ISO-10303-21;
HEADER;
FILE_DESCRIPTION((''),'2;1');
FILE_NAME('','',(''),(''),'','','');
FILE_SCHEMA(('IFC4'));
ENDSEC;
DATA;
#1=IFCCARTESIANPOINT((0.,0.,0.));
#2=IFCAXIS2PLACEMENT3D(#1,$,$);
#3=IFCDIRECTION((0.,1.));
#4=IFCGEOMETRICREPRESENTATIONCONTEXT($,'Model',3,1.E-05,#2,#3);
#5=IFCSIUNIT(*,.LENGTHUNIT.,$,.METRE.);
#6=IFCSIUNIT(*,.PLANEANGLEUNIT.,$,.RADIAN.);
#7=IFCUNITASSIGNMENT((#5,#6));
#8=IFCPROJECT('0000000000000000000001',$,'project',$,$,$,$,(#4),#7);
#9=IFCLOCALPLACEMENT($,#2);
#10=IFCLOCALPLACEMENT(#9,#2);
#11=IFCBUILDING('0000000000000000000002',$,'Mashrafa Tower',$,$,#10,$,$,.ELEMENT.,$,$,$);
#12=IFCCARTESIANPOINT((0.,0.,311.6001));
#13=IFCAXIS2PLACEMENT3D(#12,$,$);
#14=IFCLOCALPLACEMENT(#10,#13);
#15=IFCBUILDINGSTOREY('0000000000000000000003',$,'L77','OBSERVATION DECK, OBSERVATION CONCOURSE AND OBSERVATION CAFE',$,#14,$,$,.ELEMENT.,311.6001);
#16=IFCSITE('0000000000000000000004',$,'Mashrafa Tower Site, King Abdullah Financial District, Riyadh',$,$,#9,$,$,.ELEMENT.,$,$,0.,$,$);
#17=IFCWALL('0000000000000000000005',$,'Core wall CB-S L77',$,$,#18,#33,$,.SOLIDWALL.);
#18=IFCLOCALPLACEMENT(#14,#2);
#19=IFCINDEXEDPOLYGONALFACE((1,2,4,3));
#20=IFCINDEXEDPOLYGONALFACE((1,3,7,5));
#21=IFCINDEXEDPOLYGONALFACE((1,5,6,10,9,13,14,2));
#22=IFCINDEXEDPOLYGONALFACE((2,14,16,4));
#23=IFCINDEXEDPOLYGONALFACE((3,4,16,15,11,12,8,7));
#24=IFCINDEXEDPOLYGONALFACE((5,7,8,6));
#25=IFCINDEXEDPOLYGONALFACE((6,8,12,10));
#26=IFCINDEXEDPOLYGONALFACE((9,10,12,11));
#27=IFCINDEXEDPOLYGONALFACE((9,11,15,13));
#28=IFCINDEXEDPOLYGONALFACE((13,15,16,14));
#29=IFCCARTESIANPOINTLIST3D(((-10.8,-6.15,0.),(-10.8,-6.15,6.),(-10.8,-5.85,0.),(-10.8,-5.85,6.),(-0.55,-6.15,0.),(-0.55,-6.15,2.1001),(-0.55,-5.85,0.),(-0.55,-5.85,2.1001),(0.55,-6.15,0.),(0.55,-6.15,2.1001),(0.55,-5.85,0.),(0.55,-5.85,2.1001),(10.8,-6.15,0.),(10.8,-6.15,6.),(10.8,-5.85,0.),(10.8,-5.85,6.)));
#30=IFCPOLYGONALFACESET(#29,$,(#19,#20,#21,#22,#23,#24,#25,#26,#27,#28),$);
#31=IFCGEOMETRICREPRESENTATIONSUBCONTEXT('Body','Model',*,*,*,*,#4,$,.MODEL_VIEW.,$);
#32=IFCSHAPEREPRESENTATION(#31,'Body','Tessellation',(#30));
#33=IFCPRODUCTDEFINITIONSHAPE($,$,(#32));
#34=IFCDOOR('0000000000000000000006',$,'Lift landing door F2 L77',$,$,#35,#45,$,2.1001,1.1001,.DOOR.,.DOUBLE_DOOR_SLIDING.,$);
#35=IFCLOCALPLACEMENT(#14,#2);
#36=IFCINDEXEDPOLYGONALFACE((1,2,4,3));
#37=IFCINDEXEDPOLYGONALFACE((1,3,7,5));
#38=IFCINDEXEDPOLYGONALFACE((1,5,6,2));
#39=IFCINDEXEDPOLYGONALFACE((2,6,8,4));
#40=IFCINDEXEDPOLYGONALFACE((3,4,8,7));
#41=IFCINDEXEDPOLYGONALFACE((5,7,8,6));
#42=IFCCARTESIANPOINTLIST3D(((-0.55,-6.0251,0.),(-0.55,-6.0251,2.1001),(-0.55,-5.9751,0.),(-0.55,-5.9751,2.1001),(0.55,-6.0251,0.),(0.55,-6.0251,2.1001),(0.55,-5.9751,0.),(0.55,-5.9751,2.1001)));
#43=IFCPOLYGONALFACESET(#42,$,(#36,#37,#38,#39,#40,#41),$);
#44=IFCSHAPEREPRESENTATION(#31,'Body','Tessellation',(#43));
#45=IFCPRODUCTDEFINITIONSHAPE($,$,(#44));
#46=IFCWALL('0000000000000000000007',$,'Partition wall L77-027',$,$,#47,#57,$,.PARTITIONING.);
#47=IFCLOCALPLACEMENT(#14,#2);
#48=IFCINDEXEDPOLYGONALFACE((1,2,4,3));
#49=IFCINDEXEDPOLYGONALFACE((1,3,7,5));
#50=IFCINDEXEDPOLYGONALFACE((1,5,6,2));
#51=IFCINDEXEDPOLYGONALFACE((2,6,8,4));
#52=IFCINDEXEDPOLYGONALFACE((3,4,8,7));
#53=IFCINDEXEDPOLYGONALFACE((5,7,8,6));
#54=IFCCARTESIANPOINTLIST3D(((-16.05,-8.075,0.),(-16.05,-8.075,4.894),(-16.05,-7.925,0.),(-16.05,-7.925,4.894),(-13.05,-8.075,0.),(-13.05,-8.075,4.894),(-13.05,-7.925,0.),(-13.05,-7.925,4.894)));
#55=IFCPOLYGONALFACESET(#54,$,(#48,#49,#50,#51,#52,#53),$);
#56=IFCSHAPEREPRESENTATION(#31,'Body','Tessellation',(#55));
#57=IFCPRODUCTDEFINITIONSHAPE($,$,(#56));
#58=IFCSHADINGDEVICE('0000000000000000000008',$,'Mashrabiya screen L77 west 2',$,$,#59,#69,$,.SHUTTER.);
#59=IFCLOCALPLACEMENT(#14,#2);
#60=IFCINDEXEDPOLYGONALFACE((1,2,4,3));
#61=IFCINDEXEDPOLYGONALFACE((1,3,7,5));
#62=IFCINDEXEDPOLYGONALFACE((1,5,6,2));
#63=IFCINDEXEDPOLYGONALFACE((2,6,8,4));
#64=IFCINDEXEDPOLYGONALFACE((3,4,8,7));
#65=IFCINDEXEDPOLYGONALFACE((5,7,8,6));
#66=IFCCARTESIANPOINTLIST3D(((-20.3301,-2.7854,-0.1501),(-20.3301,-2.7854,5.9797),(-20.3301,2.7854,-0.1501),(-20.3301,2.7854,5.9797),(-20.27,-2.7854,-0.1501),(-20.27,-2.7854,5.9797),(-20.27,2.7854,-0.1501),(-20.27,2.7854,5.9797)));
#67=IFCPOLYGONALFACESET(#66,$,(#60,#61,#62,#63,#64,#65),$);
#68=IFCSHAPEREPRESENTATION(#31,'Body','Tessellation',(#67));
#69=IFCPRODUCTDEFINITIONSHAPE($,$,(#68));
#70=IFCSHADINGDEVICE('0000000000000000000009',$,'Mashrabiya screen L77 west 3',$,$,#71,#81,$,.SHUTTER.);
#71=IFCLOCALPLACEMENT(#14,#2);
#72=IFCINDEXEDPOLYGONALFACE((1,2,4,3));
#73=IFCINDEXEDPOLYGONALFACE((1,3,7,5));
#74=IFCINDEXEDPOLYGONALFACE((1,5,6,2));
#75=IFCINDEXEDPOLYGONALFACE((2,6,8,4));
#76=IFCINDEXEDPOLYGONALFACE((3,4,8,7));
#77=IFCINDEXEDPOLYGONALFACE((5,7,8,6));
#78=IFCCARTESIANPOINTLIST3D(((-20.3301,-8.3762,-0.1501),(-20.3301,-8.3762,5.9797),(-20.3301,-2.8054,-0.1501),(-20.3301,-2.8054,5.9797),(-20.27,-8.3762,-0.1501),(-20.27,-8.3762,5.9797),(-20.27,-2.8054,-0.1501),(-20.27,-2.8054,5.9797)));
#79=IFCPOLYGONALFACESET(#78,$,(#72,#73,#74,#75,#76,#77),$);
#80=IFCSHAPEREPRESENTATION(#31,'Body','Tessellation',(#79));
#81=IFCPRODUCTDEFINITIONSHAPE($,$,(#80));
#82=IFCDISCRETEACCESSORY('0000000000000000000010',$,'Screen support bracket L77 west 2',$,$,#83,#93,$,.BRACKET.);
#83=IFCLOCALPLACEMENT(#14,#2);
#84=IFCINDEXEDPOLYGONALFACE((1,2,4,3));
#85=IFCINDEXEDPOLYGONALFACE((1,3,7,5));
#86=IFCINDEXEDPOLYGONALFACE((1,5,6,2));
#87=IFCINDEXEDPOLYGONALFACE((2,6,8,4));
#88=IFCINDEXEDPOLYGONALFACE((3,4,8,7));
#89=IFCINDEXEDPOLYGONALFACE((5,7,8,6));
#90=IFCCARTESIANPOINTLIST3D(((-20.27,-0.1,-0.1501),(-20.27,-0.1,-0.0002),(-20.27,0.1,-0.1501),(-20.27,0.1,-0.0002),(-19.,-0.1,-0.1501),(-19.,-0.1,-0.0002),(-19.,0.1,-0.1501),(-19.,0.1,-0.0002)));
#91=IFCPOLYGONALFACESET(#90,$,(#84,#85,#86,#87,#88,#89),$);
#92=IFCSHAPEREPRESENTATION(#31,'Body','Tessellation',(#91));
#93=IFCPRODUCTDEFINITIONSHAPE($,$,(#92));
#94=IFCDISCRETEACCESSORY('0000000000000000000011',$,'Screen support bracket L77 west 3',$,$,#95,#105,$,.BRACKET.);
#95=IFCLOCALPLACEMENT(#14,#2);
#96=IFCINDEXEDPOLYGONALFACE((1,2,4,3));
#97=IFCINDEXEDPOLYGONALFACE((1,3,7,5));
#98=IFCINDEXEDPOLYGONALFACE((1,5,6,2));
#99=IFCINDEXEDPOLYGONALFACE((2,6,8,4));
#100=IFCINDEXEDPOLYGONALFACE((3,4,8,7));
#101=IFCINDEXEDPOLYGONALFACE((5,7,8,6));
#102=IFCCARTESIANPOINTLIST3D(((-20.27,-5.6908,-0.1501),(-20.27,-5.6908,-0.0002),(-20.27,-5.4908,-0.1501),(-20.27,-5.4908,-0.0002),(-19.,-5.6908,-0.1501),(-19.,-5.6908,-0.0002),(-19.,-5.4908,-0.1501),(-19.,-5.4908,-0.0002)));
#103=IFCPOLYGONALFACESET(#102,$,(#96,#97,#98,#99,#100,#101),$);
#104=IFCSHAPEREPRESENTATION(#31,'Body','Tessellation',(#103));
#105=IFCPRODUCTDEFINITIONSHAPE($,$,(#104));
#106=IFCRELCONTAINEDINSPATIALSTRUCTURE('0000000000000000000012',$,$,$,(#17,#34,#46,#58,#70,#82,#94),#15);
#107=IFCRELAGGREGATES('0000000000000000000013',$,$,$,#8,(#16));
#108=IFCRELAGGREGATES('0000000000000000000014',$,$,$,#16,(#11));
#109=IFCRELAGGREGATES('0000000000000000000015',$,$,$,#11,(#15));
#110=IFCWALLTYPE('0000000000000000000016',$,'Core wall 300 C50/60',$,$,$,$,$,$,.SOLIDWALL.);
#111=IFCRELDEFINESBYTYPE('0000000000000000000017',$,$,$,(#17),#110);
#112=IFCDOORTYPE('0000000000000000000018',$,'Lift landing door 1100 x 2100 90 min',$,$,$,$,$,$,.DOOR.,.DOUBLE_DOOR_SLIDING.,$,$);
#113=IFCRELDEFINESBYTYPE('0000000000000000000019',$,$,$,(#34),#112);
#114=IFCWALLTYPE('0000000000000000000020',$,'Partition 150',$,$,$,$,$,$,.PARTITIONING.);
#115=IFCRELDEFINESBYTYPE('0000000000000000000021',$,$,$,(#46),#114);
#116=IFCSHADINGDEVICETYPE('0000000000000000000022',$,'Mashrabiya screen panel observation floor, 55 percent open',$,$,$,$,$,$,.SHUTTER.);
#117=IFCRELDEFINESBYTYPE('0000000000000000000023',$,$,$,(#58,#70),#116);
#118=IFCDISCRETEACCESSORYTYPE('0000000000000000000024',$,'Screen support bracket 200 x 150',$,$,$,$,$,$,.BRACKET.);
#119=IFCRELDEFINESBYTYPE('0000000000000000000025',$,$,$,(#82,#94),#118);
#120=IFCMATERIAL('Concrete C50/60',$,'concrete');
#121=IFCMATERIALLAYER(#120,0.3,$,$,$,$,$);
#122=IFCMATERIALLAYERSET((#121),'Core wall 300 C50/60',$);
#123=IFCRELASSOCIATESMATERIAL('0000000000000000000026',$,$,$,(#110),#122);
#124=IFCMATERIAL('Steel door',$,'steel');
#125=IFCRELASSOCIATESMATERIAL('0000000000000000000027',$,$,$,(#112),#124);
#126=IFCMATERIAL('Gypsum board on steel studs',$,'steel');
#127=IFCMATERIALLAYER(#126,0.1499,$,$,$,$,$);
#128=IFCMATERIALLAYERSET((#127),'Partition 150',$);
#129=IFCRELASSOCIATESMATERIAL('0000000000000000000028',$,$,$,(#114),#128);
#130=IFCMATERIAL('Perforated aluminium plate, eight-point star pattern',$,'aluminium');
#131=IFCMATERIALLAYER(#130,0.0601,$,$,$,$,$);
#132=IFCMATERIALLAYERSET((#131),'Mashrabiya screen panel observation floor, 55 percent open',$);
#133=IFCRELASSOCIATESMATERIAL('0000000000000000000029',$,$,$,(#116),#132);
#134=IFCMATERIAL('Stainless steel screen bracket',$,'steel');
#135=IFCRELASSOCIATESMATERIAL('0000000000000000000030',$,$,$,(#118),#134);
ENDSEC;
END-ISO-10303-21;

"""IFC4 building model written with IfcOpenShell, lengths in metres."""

from ifc_helpers import new_model, si_unit, direction, frame, frame_2d, origin, origin_2d, place, context, subcontext, project, spatial, rectangle, extrude, source, transform, mapped, material, layer, layer_set, type_object, type_shapes, element, fill, save


model = new_model("IFC4")

# Units and contexts
model_context = context("Model", 3, precision=1e-05, world=origin(), true_north=direction((0.0, 1.0)))
body_context = subcontext(model_context, "Body", "Model", "MODEL_VIEW")
ifc_project = project(units=[si_unit("LENGTHUNIT", "METRE"), si_unit("PLANEANGLEUNIT", "RADIAN")], contexts=[model_context])

# Site, building, storey
site_placement = place(None, origin())
site = spatial("IfcSite", under=ifc_project, at=site_placement, Name="Mashrafa Tower Site, King Abdullah Financial District, Riyadh", CompositionType="ELEMENT", RefElevation=0.0)
building_placement = place(site_placement, origin())
building = spatial("IfcBuilding", under=site, at=building_placement, Name="Mashrafa Tower", CompositionType="ELEMENT")
storey_placement = place(building_placement, frame((0.0, 0.0, 311.6001)))
storey = spatial("IfcBuildingStorey", under=building, at=storey_placement, Name="L77", Description="OBSERVATION DECK, OBSERVATION CONCOURSE AND OBSERVATION CAFE", CompositionType="ELEMENT", Elevation=311.6001)

# Wall, opening, door
ifc_material_1 = material(Name="Concrete C50/60", Category="concrete")
ifc_layer_1 = layer(ifc_material_1, 0.3)
ifc_layer_set_1 = layer_set([ifc_layer_1], Name="Core wall 300 C50/60")
wall_type_1 = type_object("IfcWallType", Name="Core wall 300 C50/60", PredefinedType="SOLIDWALL", material=ifc_layer_set_1)
wall_1_placement = place(storey_placement, frame((-10.8, -6.0, 0.0), z_axis=(0.0, 0.0, 1.0), x_axis=(1.0, 0.0, 0.0)))
wall_1 = element("IfcWall", 1, at=wall_1_placement, inside=storey, type_object=wall_type_1, Name="Core wall CB-S L77", PredefinedType="SOLIDWALL", context=body_context, shape_type="SweptSolid", body=[
    extrude(rectangle(XDim=21.6001, YDim=0.3, at=frame_2d((10.8, 0.0))), origin(), (0.0, 0.0, 1.0), 6.0),
])
opening_1_placement = place(wall_1_placement, frame((10.25, 0.0, 0.0)))
opening_1 = element("IfcOpeningElement", 2, at=opening_1_placement, cuts=wall_1, PredefinedType="OPENING", context=body_context, shape_type="SweptSolid", body=[
    extrude(rectangle(XDim=1.1001, YDim=2.1001, at=frame_2d((0.55, 1.05))), frame((0.0, 0.1599, 0.0), z_axis=(0.0, -1.0, 0.0), x_axis=(1.0, 0.0, 0.0)), (0.0, 0.0, 1.0), 0.3201),
])
ifc_material_2 = material(Name="Steel door", Category="steel")
door_type_1 = type_object("IfcDoorType", Name="Lift landing door 1100 x 2100 90 min", OperationType="DOUBLE_DOOR_SLIDING", PredefinedType="DOOR", material=ifc_material_2)
door_1_placement = place(opening_1_placement, origin())
door_1 = element("IfcDoor", 3, at=door_1_placement, inside=storey, type_object=door_type_1, Name="Lift landing door F2 L77", OperationType="DOUBLE_DOOR_SLIDING", OverallHeight=2.1001, OverallWidth=1.1001, PredefinedType="DOOR", context=body_context, shape_type="SweptSolid", body=[
    extrude(rectangle(XDim=1.1001, YDim=2.1001, at=frame_2d((0.55, 1.05))), frame((0.0, 0.0249, 0.0), z_axis=(0.0, -1.0, 0.0), x_axis=(1.0, 0.0, 0.0)), (0.0, 0.0, 1.0), 0.05),
])
fill(opening_1, door_1)

# Wall
ifc_material_3 = material(Name="Gypsum board on steel studs", Category="steel")
ifc_layer_2 = layer(ifc_material_3, 0.1499)
ifc_layer_set_2 = layer_set([ifc_layer_2], Name="Partition 150")
wall_type_2 = type_object("IfcWallType", Name="Partition 150", PredefinedType="PARTITIONING", material=ifc_layer_set_2)
wall_2_placement = place(storey_placement, frame((-16.05, -8.0, 0.0), z_axis=(0.0, 0.0, 1.0), x_axis=(1.0, 0.0, 0.0)))
element("IfcWall", 4, at=wall_2_placement, inside=storey, type_object=wall_type_2, Name="Partition wall L77-027", PredefinedType="PARTITIONING", context=body_context, shape_type="SweptSolid", body=[
    extrude(rectangle(XDim=3.0, YDim=0.1499, at=frame_2d((1.5, 0.0))), origin(), (0.0, 0.0, 1.0), 4.894),
])

# Shading devices
ifc_material_4 = material(Name="Perforated aluminium plate, eight-point star pattern", Category="aluminium")
ifc_layer_3 = layer(ifc_material_4, 0.0601)
ifc_layer_set_3 = layer_set([ifc_layer_3], Name="Mashrabiya screen panel observation floor, 55 percent open")
shading_device_type = type_object("IfcShadingDeviceType", Name="Mashrabiya screen panel observation floor, 55 percent open", PredefinedType="SHUTTER", material=ifc_layer_set_3)
shared_shape_1 = source(origin(), body_context, "Body", "SweptSolid", [
    extrude(rectangle(XDim=5.5708, YDim=0.0601, at=origin_2d()), origin(), (0.0, 0.0, 1.0), 6.1299),
])
type_shapes(shading_device_type, [shared_shape_1])
for number, where, z_axis, x_axis, name in (
    (5, (-20.3, 0.0, -0.1501), (0.0, 0.0, 1.0), (0.0, -1.0, 0.0), "Mashrabiya screen L77 west 2"),
    (6, (-20.3, -5.5908, -0.1501), (0.0, 0.0, 1.0), (0.0, -1.0, 0.0), "Mashrabiya screen L77 west 3"),
):
    element("IfcShadingDevice", number, at=place(storey_placement, frame(where, z_axis=z_axis, x_axis=x_axis)), inside=storey, type_object=shading_device_type, Name=name, PredefinedType="SHUTTER", context=body_context, shape_type="MappedRepresentation", body=[
        mapped(shared_shape_1, transform((0.0, 0.0, 0.0))),
    ])

# Discrete accessories
ifc_material_5 = material(Name="Stainless steel screen bracket", Category="steel")
discrete_accessory_type = type_object("IfcDiscreteAccessoryType", Name="Screen support bracket 200 x 150", PredefinedType="BRACKET", material=ifc_material_5)
shared_shape_2 = source(origin(), body_context, "Body", "SweptSolid", [
    extrude(rectangle(XDim=0.2, YDim=1.27, at=origin_2d()), origin(), (0.0, 0.0, 1.0), 0.1499),
])
type_shapes(discrete_accessory_type, [shared_shape_2])
for number, where, z_axis, x_axis, name in (
    (7, (-19.635, 0.0, -0.1501), (0.0, 0.0, 1.0), (0.0, -1.0, 0.0), "Screen support bracket L77 west 2"),
    (8, (-19.635, -5.5908, -0.1501), (0.0, 0.0, 1.0), (0.0, -1.0, 0.0), "Screen support bracket L77 west 3"),
):
    element("IfcDiscreteAccessory", number, at=place(storey_placement, frame(where, z_axis=z_axis, x_axis=x_axis)), inside=storey, type_object=discrete_accessory_type, Name=name, PredefinedType="BRACKET", context=body_context, shape_type="MappedRepresentation", body=[
        mapped(shared_shape_2, transform((0.0, 0.0, 0.0))),
    ])

save(model, "model.ifc")
